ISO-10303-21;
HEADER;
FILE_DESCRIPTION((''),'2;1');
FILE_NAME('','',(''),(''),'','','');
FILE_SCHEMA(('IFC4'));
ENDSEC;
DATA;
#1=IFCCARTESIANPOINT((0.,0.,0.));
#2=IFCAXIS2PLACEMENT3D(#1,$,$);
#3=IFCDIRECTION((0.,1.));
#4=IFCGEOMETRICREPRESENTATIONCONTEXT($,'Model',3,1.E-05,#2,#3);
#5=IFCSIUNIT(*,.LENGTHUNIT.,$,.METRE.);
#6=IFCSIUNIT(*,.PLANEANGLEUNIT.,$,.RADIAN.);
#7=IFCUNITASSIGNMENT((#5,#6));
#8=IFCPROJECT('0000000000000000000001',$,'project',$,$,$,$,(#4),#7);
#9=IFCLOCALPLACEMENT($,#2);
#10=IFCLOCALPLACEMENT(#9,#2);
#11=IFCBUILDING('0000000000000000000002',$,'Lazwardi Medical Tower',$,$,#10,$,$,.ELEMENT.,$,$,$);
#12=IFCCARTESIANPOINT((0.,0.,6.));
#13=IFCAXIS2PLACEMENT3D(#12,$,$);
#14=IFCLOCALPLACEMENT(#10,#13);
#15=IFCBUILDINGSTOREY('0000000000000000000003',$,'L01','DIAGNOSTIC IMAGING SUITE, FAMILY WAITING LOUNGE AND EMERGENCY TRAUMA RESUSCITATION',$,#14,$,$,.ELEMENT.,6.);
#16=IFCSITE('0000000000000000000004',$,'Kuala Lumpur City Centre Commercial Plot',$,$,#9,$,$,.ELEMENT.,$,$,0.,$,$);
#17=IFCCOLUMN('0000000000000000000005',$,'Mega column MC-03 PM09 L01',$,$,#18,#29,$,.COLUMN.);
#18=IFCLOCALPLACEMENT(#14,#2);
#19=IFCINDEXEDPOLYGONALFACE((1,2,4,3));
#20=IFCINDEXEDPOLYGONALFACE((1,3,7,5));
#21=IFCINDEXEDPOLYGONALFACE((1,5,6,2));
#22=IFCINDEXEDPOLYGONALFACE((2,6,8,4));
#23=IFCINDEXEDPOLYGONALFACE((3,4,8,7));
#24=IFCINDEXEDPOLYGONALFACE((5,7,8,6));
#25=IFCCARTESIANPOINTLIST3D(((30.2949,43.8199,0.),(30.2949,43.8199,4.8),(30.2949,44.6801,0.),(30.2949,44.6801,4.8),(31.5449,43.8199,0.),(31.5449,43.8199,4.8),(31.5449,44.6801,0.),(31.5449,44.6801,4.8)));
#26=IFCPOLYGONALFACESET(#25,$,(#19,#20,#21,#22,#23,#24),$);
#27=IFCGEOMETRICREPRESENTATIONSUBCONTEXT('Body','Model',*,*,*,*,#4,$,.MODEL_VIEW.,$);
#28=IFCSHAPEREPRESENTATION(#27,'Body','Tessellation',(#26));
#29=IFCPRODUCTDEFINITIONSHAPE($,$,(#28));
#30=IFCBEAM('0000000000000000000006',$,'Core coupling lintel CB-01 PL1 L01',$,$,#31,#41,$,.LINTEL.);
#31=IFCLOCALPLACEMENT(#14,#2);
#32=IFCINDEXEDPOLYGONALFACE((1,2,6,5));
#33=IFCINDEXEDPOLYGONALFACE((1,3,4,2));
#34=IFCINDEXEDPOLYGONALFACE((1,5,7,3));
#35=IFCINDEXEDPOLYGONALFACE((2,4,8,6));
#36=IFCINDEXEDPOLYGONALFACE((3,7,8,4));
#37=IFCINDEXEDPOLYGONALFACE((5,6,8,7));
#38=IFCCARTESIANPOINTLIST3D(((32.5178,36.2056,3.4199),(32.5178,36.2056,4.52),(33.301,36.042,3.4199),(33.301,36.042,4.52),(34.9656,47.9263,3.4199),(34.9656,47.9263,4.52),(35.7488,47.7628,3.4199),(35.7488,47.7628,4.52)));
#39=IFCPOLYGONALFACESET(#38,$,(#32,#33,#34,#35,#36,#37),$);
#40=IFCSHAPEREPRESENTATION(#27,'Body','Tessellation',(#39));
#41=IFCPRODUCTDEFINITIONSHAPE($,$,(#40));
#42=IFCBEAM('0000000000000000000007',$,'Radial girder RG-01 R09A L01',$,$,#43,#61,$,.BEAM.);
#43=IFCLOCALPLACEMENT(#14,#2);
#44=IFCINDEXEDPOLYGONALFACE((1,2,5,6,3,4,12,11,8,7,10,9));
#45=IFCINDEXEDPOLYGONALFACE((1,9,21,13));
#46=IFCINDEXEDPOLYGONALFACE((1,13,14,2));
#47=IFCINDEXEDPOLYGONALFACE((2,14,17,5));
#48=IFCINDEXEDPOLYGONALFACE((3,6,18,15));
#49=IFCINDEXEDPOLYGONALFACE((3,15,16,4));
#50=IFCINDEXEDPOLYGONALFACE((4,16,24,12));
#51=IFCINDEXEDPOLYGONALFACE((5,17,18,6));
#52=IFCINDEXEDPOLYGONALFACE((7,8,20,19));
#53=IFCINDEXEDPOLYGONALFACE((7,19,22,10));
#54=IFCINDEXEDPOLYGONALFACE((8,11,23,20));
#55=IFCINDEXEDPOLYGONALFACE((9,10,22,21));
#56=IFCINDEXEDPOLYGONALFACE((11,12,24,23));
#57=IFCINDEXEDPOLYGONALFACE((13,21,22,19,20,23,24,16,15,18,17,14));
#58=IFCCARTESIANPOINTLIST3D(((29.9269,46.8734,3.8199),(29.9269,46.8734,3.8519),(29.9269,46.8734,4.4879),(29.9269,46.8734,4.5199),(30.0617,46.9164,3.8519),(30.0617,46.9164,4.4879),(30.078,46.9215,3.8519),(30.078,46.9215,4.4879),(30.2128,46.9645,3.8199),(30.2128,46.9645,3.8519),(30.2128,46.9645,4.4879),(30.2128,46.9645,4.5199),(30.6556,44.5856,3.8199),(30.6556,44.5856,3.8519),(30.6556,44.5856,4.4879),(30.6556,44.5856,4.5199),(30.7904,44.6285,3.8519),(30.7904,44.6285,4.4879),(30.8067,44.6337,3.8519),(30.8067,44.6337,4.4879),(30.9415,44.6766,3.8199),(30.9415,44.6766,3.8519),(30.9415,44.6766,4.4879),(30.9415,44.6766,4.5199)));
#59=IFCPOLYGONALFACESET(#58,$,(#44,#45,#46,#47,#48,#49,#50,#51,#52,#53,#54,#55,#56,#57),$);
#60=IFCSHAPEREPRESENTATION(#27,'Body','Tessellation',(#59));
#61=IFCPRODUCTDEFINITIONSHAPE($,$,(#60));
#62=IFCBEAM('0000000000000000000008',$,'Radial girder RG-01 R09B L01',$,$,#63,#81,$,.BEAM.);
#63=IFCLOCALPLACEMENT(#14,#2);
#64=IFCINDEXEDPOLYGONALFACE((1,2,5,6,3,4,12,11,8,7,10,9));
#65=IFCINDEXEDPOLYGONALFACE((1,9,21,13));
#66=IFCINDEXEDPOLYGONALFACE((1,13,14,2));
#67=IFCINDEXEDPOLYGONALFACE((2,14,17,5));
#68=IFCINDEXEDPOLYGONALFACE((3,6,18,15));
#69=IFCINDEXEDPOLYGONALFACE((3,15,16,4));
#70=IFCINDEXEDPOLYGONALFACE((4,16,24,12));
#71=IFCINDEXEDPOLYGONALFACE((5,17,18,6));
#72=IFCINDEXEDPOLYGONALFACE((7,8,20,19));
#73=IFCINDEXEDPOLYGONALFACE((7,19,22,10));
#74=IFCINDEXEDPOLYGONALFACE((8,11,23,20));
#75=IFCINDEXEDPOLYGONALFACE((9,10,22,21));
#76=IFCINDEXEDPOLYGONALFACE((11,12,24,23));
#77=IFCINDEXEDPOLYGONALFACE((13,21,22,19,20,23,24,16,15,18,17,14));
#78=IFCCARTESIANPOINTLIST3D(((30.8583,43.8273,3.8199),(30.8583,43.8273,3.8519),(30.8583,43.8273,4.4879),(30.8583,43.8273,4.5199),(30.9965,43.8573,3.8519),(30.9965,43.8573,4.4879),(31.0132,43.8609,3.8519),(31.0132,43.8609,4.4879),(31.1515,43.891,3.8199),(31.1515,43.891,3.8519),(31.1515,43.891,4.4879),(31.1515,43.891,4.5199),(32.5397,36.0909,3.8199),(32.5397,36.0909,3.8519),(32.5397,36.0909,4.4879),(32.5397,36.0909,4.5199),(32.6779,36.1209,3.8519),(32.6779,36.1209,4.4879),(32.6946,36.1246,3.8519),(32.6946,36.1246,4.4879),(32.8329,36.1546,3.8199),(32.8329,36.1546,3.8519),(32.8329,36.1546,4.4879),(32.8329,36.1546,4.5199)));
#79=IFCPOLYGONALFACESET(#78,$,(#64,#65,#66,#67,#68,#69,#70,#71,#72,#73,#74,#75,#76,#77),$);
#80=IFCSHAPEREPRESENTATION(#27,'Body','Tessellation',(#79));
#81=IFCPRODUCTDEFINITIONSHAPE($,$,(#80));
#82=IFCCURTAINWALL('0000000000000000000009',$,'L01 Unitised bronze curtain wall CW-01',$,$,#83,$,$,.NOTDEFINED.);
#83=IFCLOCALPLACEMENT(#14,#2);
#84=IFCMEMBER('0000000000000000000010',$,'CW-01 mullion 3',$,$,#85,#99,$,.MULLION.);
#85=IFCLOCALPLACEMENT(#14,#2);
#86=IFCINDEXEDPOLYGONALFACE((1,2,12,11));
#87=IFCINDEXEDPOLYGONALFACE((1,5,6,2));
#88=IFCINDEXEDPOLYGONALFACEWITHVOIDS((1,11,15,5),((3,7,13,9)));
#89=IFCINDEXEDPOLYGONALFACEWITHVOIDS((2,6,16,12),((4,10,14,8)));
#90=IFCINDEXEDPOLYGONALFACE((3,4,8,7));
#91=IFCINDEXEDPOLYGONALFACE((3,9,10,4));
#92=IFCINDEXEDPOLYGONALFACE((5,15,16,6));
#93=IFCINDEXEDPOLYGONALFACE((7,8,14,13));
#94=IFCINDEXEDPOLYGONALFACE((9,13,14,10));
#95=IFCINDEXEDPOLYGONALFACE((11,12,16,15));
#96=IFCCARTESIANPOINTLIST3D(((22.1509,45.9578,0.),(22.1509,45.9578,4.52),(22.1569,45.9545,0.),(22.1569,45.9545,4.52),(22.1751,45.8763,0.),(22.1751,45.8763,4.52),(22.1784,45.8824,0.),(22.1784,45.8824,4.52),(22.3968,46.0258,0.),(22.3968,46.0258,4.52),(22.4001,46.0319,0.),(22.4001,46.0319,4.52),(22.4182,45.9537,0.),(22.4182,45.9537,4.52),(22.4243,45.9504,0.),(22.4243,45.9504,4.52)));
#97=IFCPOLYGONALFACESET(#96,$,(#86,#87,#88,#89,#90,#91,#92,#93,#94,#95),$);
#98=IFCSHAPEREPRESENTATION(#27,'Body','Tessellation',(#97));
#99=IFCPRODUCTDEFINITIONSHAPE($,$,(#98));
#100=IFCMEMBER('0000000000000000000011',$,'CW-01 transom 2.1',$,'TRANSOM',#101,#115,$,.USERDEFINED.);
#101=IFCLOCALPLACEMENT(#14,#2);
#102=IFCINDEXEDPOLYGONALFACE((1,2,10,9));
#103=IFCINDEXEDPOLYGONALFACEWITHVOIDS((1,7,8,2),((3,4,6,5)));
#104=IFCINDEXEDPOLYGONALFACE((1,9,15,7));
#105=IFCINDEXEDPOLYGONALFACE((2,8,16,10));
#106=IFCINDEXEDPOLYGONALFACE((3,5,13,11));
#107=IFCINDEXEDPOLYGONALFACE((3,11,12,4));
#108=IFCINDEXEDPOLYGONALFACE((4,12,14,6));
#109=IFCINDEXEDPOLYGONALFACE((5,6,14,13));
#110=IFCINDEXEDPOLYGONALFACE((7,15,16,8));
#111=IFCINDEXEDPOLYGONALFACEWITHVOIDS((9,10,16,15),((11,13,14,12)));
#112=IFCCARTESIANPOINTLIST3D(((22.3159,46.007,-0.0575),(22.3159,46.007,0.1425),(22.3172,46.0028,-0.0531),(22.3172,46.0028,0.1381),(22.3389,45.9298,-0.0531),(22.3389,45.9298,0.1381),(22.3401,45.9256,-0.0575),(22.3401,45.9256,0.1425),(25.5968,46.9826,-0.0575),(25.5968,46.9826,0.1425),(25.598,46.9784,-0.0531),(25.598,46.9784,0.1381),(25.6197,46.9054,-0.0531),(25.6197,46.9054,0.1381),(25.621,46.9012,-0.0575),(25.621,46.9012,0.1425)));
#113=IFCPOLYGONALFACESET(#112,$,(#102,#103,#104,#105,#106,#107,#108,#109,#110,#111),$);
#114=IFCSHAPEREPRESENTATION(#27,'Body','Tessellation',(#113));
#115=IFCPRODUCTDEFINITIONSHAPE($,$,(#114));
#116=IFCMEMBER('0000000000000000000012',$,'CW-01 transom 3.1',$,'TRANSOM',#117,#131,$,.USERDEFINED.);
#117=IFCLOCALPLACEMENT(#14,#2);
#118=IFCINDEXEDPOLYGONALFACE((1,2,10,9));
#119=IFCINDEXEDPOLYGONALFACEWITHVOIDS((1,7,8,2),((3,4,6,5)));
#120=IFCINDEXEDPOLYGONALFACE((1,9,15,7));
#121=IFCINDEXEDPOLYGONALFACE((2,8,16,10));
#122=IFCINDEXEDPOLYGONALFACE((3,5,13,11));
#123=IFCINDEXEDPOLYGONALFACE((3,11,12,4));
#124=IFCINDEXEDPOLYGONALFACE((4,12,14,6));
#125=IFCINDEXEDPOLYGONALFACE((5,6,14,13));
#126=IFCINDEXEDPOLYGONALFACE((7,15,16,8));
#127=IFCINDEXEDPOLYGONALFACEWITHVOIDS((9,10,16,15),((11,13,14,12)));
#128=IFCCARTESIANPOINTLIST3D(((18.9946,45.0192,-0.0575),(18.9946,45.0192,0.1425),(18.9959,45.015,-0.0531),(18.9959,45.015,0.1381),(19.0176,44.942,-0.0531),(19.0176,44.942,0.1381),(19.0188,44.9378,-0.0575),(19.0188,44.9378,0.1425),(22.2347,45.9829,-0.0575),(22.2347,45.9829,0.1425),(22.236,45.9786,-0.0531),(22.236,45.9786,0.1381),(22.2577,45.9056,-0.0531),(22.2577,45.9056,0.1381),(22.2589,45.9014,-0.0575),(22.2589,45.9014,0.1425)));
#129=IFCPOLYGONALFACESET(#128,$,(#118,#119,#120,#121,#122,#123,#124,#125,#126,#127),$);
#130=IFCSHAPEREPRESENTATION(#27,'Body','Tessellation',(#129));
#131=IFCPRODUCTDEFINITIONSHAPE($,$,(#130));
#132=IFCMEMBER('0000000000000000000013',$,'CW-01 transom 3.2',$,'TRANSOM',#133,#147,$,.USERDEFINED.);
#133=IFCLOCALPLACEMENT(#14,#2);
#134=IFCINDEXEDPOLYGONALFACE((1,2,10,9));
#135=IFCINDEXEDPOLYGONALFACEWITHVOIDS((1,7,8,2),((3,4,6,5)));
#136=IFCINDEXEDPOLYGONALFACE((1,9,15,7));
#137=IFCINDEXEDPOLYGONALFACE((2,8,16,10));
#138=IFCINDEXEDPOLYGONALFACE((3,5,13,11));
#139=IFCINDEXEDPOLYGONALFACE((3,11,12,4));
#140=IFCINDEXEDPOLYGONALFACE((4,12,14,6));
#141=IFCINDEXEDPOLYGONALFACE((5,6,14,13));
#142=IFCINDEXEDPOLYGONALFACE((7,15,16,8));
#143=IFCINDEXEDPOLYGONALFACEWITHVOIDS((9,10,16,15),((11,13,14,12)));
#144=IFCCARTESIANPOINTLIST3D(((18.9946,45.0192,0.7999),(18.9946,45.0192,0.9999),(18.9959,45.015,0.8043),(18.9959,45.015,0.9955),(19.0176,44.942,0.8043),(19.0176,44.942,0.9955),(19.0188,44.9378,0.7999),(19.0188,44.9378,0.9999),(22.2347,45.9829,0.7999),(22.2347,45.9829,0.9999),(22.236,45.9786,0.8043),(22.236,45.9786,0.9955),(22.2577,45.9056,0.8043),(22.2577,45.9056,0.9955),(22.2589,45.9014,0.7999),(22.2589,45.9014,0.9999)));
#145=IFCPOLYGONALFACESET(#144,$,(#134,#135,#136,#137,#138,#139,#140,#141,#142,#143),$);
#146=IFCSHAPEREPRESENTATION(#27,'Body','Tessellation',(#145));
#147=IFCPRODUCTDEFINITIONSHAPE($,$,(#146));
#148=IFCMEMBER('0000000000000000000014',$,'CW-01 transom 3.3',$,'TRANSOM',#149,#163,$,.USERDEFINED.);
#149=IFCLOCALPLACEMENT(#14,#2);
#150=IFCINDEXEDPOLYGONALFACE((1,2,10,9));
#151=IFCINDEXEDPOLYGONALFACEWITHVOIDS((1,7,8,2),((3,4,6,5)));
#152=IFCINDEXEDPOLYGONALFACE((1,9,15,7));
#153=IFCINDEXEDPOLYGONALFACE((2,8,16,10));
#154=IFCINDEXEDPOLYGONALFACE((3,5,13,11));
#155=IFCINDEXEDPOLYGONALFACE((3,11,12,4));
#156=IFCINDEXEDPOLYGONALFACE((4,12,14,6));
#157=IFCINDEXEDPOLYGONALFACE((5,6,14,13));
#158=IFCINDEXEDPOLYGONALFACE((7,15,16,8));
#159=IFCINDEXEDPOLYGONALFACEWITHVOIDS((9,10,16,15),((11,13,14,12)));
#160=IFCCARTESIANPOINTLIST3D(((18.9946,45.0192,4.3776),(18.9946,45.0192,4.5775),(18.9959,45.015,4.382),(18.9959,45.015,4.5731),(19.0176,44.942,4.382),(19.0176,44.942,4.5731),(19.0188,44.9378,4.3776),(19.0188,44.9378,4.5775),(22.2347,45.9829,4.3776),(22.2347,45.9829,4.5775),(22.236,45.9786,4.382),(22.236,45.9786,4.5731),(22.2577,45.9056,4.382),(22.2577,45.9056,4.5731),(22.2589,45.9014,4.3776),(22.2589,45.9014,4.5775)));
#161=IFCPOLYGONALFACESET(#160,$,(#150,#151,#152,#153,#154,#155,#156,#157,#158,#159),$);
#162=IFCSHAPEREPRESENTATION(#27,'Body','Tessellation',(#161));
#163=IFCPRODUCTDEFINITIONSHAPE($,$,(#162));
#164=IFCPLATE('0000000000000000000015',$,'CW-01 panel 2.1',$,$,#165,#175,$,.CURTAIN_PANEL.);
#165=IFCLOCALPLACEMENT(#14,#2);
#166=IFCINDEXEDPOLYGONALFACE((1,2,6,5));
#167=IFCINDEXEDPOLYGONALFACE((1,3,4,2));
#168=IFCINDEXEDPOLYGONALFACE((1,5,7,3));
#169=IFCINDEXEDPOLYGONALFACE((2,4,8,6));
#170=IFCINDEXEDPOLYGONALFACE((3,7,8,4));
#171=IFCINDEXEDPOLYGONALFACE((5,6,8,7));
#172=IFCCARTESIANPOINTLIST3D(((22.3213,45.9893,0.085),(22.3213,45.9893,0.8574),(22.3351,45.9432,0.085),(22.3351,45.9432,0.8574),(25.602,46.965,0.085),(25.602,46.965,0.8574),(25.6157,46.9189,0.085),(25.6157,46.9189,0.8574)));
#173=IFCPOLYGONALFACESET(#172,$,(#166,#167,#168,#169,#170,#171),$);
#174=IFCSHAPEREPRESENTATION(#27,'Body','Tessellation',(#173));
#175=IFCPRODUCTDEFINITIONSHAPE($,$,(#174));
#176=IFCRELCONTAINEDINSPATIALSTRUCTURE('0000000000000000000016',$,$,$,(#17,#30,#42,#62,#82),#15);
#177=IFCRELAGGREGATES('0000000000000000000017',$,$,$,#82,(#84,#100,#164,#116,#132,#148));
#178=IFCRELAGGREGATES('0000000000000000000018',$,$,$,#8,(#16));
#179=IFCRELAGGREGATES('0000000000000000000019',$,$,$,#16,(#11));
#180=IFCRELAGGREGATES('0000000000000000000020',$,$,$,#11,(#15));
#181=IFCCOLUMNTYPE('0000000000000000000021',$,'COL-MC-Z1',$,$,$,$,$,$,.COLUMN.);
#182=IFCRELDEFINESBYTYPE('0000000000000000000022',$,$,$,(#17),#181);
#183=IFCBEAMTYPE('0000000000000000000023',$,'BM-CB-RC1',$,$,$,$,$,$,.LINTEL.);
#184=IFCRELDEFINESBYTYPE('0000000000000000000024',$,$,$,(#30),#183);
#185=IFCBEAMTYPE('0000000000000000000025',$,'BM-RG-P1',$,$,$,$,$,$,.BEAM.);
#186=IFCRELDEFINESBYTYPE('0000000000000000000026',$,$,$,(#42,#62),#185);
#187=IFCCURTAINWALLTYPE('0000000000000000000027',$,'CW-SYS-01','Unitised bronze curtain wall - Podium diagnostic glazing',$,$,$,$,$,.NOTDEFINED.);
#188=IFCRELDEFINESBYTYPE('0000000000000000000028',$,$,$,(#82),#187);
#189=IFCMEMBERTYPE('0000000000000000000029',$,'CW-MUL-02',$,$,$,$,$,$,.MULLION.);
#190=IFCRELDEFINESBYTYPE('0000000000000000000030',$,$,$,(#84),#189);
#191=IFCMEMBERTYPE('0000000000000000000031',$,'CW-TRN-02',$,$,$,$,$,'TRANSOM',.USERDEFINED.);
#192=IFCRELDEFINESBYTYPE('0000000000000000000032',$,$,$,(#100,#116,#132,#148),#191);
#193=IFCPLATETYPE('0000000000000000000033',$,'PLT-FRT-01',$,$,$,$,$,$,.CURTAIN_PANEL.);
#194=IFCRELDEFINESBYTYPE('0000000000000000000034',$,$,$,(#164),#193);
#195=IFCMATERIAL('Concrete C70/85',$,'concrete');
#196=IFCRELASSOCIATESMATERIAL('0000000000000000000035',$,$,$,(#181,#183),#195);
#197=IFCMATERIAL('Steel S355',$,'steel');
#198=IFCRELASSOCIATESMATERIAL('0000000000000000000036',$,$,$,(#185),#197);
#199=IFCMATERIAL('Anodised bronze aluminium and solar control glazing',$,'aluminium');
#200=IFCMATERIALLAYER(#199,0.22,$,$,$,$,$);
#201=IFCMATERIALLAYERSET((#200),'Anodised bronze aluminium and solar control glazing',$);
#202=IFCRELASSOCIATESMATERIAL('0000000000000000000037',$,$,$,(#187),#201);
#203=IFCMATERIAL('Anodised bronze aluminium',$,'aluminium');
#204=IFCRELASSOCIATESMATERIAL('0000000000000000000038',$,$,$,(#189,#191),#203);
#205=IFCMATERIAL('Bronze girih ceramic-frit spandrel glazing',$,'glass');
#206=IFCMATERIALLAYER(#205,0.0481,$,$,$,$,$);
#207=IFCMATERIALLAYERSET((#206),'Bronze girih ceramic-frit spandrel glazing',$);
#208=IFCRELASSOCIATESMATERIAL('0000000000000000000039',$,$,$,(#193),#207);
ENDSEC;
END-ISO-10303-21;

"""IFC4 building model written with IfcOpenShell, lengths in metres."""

from ifc_helpers import new_model, si_unit, direction, frame, origin, origin_2d, place, context, subcontext, project, spatial, rectangle, hollow_rectangle, i_section, extrude, material, layer, layer_set, material_profile, profile_set, type_object, element, aggregate, save


model = new_model("IFC4")

# Units and contexts
model_context = context("Model", 3, precision=1e-05, world=origin(), true_north=direction((0.0, 1.0)))
body_context = subcontext(model_context, "Body", "Model", "MODEL_VIEW")
ifc_project = project(units=[si_unit("LENGTHUNIT", "METRE"), si_unit("PLANEANGLEUNIT", "RADIAN")], contexts=[model_context])

# Site, building, storey
site_placement = place(None, origin())
site = spatial("IfcSite", under=ifc_project, at=site_placement, Name="Kuala Lumpur City Centre Commercial Plot", CompositionType="ELEMENT", RefElevation=0.0)
building_placement = place(site_placement, origin())
building = spatial("IfcBuilding", under=site, at=building_placement, Name="Lazwardi Medical Tower", CompositionType="ELEMENT")
storey_placement = place(building_placement, frame((0.0, 0.0, 6.0)))
storey = spatial("IfcBuildingStorey", under=building, at=storey_placement, Name="L01", Description="DIAGNOSTIC IMAGING SUITE, FAMILY WAITING LOUNGE AND EMERGENCY TRAUMA RESUSCITATION", CompositionType="ELEMENT", Elevation=6.0)

# Column
ifc_material_1 = material(Name="Concrete C70/85", Category="concrete")
ifc_material_profile_1 = material_profile(ifc_material_1, rectangle(XDim=1.25, YDim=0.8601, at=origin_2d()), Name="CFT-RECT 1250x860")
ifc_profile_set_1 = profile_set([ifc_material_profile_1], Name="Concrete C70/85")
column_type = type_object("IfcColumnType", Name="COL-MC-Z1", PredefinedType="COLUMN", material=ifc_profile_set_1)
column_placement = place(storey_placement, frame((30.9199, 44.25, 0.0), z_axis=(0.0, 0.0, 1.0), x_axis=(1.0, 0.0, 0.0)))
element("IfcColumn", 1, at=column_placement, inside=storey, type_object=column_type, Name="Mega column MC-03 PM09 L01", PredefinedType="COLUMN", context=body_context, shape_type="SweptSolid", body=[
    extrude(rectangle(XDim=1.25, YDim=0.8601, at=origin_2d()), origin(), (0.0, 0.0, 1.0), 4.8),
])

# Beams
ifc_material_profile_2 = material_profile(ifc_material_1, rectangle(XDim=0.8, YDim=1.1001, at=origin_2d()), Name="RC 800x1100")
ifc_profile_set_2 = profile_set([ifc_material_profile_2], Name="Concrete C70/85")
beam_type_1 = type_object("IfcBeamType", Name="BM-CB-RC1", PredefinedType="LINTEL", material=ifc_profile_set_2)
beam_1_placement = place(storey_placement, frame((32.9094, 36.1238, 3.97), z_axis=(0.20443, 0.978881, 0.0), x_axis=(-0.978881, 0.20443, 0.0)))
element("IfcBeam", 2, at=beam_1_placement, inside=storey, type_object=beam_type_1, Name="Core coupling lintel CB-01 PL1 L01", PredefinedType="LINTEL", context=body_context, shape_type="SweptSolid", body=[
    extrude(rectangle(XDim=0.8, YDim=1.1001, at=origin_2d()), origin(), (0.0, 0.0, 1.0), 11.9736),
])
ifc_material_2 = material(Name="Steel S355", Category="steel")
ifc_material_profile_3 = material_profile(ifc_material_2, i_section(OverallWidth=0.3, OverallDepth=0.7, WebThickness=0.0171, FlangeThickness=0.032, at=origin_2d()), Name="HEB 700")
ifc_profile_set_3 = profile_set([ifc_material_profile_3], Name="Steel S355")
beam_type_2 = type_object("IfcBeamType", Name="BM-RG-P1", PredefinedType="BEAM", material=ifc_profile_set_3)
beam_2_placement = place(storey_placement, frame((30.0698, 46.9189, 4.1699), z_axis=(0.30351, -0.952828, 0.0), x_axis=(0.952828, 0.30351, 0.0)))
element("IfcBeam", 3, at=beam_2_placement, inside=storey, type_object=beam_type_2, Name="Radial girder RG-01 R09A L01", PredefinedType="BEAM", context=body_context, shape_type="SweptSolid", body=[
    extrude(i_section(OverallWidth=0.3, OverallDepth=0.7, WebThickness=0.0171, FlangeThickness=0.032, at=origin_2d()), origin(), (0.0, 0.0, 1.0), 2.4011),
])
beam_3_placement = place(storey_placement, frame((31.0049, 43.8591, 4.1699), z_axis=(0.21238, -0.977187, 0.0), x_axis=(0.977187, 0.21238, 0.0)))
element("IfcBeam", 4, at=beam_3_placement, inside=storey, type_object=beam_type_2, Name="Radial girder RG-01 R09B L01", PredefinedType="BEAM", context=body_context, shape_type="SweptSolid", body=[
    extrude(i_section(OverallWidth=0.3, OverallDepth=0.7, WebThickness=0.0171, FlangeThickness=0.032, at=origin_2d()), origin(), (0.0, 0.0, 1.0), 7.917),
])

# Curtain wall, members, plate
ifc_material_3 = material(Name="Anodised bronze aluminium and solar control glazing", Category="aluminium")
ifc_layer_1 = layer(ifc_material_3, 0.22)
ifc_layer_set_1 = layer_set([ifc_layer_1], Name="Anodised bronze aluminium and solar control glazing")
curtain_wall_type = type_object("IfcCurtainWallType", Name="CW-SYS-01", Description="Unitised bronze curtain wall - Podium diagnostic glazing", PredefinedType="NOTDEFINED", material=ifc_layer_set_1)
curtain_wall_placement = place(storey_placement, origin())
curtain_wall = element("IfcCurtainWall", 5, at=curtain_wall_placement, inside=storey, type_object=curtain_wall_type, Name="L01 Unitised bronze curtain wall CW-01", PredefinedType="NOTDEFINED")
ifc_material_4 = material(Name="Anodised bronze aluminium", Category="aluminium")
ifc_material_profile_4 = material_profile(ifc_material_4, hollow_rectangle(XDim=0.085, YDim=0.26, WallThickness=0.0049, at=origin_2d()), Name="ALU-MULLION 260x85x5")
ifc_profile_set_4 = profile_set([ifc_material_profile_4], Name="Anodised bronze aluminium")
member_type_1 = type_object("IfcMemberType", Name="CW-MUL-02", PredefinedType="MULLION", material=ifc_profile_set_4)
member_1_placement = place(storey_placement, frame((22.2876, 45.9541, 0.0), z_axis=(0.0, 0.0, 1.0), x_axis=(0.285047, -0.958513, 0.0)))
member_1 = element("IfcMember", 6, at=member_1_placement, type_object=member_type_1, Name="CW-01 mullion 3", PredefinedType="MULLION", context=body_context, shape_type="SweptSolid", body=[
    extrude(hollow_rectangle(XDim=0.085, YDim=0.26, WallThickness=0.0049, at=origin_2d()), origin(), (0.0, 0.0, 1.0), 4.52),
])
ifc_material_profile_5 = material_profile(ifc_material_4, hollow_rectangle(XDim=0.085, YDim=0.2, WallThickness=0.0044, at=origin_2d()), Name="ALU-TRANSOM 200x85x4.5")
ifc_profile_set_5 = profile_set([ifc_material_profile_5], Name="Anodised bronze aluminium")
member_type_2 = type_object("IfcMemberType", Name="CW-TRN-02", ElementType="TRANSOM", PredefinedType="USERDEFINED", material=ifc_profile_set_5)
member_2_placement = place(storey_placement, frame((25.6089, 46.9419, 0.0425), z_axis=(-0.958518, -0.28503, 0.0), x_axis=(0.28503, -0.958518, 0.0)))
member_2 = element("IfcMember", 7, at=member_2_placement, type_object=member_type_2, Name="CW-01 transom 2.1", ObjectType="TRANSOM", PredefinedType="USERDEFINED", context=body_context, shape_type="SweptSolid", body=[
    extrude(hollow_rectangle(XDim=0.085, YDim=0.2, WallThickness=0.0044, at=origin_2d()), origin(), (0.0, 0.0, 1.0), 3.4229),
])
member_3_placement = place(storey_placement, frame((22.2468, 45.9421, 0.0425), z_axis=(-0.958505, -0.285074, 0.0), x_axis=(0.285074, -0.958505, 0.0)))
member_3 = element("IfcMember", 8, at=member_3_placement, type_object=member_type_2, Name="CW-01 transom 3.1", ObjectType="TRANSOM", PredefinedType="USERDEFINED", context=body_context, shape_type="SweptSolid", body=[
    extrude(hollow_rectangle(XDim=0.085, YDim=0.2, WallThickness=0.0044, at=origin_2d()), origin(), (0.0, 0.0, 1.0), 3.3804),
])
member_4_placement = place(storey_placement, frame((22.2468, 45.9421, 0.8999), z_axis=(-0.958505, -0.285074, 0.0), x_axis=(0.285074, -0.958505, 0.0)))
member_4 = element("IfcMember", 9, at=member_4_placement, type_object=member_type_2, Name="CW-01 transom 3.2", ObjectType="TRANSOM", PredefinedType="USERDEFINED", context=body_context, shape_type="SweptSolid", body=[
    extrude(hollow_rectangle(XDim=0.085, YDim=0.2, WallThickness=0.0044, at=origin_2d()), origin(), (0.0, 0.0, 1.0), 3.3804),
])
member_5_placement = place(storey_placement, frame((22.2468, 45.9421, 4.4775), z_axis=(-0.958505, -0.285074, 0.0), x_axis=(0.285074, -0.958505, 0.0)))
member_5 = element("IfcMember", 10, at=member_5_placement, type_object=member_type_2, Name="CW-01 transom 3.3", ObjectType="TRANSOM", PredefinedType="USERDEFINED", context=body_context, shape_type="SweptSolid", body=[
    extrude(hollow_rectangle(XDim=0.085, YDim=0.2, WallThickness=0.0044, at=origin_2d()), origin(), (0.0, 0.0, 1.0), 3.3804),
])
ifc_material_5 = material(Name="Bronze girih ceramic-frit spandrel glazing", Category="glass")
ifc_layer_2 = layer(ifc_material_5, 0.0481)
ifc_layer_set_2 = layer_set([ifc_layer_2], Name="Bronze girih ceramic-frit spandrel glazing")
plate_type_1 = type_object("IfcPlateType", Name="PLT-FRT-01", PredefinedType="CURTAIN_PANEL", material=ifc_layer_set_2)
plate_1_placement = place(storey_placement, frame((23.9685, 46.4541, 0.085), z_axis=(0.0, 0.0, 1.0), x_axis=(-0.958513, -0.285047, 0.0)))
plate_1 = element("IfcPlate", 11, at=plate_1_placement, type_object=plate_type_1, Name="CW-01 panel 2.1", PredefinedType="CURTAIN_PANEL", context=body_context, shape_type="SweptSolid", body=[
    extrude(rectangle(XDim=3.4226, YDim=0.0481, at=origin_2d()), origin(), (0.0, 0.0, 1.0), 0.7725),
])
aggregate(curtain_wall, [member_1, member_2, plate_1, member_3, member_4, member_5])

save(model, "model.ifc")
